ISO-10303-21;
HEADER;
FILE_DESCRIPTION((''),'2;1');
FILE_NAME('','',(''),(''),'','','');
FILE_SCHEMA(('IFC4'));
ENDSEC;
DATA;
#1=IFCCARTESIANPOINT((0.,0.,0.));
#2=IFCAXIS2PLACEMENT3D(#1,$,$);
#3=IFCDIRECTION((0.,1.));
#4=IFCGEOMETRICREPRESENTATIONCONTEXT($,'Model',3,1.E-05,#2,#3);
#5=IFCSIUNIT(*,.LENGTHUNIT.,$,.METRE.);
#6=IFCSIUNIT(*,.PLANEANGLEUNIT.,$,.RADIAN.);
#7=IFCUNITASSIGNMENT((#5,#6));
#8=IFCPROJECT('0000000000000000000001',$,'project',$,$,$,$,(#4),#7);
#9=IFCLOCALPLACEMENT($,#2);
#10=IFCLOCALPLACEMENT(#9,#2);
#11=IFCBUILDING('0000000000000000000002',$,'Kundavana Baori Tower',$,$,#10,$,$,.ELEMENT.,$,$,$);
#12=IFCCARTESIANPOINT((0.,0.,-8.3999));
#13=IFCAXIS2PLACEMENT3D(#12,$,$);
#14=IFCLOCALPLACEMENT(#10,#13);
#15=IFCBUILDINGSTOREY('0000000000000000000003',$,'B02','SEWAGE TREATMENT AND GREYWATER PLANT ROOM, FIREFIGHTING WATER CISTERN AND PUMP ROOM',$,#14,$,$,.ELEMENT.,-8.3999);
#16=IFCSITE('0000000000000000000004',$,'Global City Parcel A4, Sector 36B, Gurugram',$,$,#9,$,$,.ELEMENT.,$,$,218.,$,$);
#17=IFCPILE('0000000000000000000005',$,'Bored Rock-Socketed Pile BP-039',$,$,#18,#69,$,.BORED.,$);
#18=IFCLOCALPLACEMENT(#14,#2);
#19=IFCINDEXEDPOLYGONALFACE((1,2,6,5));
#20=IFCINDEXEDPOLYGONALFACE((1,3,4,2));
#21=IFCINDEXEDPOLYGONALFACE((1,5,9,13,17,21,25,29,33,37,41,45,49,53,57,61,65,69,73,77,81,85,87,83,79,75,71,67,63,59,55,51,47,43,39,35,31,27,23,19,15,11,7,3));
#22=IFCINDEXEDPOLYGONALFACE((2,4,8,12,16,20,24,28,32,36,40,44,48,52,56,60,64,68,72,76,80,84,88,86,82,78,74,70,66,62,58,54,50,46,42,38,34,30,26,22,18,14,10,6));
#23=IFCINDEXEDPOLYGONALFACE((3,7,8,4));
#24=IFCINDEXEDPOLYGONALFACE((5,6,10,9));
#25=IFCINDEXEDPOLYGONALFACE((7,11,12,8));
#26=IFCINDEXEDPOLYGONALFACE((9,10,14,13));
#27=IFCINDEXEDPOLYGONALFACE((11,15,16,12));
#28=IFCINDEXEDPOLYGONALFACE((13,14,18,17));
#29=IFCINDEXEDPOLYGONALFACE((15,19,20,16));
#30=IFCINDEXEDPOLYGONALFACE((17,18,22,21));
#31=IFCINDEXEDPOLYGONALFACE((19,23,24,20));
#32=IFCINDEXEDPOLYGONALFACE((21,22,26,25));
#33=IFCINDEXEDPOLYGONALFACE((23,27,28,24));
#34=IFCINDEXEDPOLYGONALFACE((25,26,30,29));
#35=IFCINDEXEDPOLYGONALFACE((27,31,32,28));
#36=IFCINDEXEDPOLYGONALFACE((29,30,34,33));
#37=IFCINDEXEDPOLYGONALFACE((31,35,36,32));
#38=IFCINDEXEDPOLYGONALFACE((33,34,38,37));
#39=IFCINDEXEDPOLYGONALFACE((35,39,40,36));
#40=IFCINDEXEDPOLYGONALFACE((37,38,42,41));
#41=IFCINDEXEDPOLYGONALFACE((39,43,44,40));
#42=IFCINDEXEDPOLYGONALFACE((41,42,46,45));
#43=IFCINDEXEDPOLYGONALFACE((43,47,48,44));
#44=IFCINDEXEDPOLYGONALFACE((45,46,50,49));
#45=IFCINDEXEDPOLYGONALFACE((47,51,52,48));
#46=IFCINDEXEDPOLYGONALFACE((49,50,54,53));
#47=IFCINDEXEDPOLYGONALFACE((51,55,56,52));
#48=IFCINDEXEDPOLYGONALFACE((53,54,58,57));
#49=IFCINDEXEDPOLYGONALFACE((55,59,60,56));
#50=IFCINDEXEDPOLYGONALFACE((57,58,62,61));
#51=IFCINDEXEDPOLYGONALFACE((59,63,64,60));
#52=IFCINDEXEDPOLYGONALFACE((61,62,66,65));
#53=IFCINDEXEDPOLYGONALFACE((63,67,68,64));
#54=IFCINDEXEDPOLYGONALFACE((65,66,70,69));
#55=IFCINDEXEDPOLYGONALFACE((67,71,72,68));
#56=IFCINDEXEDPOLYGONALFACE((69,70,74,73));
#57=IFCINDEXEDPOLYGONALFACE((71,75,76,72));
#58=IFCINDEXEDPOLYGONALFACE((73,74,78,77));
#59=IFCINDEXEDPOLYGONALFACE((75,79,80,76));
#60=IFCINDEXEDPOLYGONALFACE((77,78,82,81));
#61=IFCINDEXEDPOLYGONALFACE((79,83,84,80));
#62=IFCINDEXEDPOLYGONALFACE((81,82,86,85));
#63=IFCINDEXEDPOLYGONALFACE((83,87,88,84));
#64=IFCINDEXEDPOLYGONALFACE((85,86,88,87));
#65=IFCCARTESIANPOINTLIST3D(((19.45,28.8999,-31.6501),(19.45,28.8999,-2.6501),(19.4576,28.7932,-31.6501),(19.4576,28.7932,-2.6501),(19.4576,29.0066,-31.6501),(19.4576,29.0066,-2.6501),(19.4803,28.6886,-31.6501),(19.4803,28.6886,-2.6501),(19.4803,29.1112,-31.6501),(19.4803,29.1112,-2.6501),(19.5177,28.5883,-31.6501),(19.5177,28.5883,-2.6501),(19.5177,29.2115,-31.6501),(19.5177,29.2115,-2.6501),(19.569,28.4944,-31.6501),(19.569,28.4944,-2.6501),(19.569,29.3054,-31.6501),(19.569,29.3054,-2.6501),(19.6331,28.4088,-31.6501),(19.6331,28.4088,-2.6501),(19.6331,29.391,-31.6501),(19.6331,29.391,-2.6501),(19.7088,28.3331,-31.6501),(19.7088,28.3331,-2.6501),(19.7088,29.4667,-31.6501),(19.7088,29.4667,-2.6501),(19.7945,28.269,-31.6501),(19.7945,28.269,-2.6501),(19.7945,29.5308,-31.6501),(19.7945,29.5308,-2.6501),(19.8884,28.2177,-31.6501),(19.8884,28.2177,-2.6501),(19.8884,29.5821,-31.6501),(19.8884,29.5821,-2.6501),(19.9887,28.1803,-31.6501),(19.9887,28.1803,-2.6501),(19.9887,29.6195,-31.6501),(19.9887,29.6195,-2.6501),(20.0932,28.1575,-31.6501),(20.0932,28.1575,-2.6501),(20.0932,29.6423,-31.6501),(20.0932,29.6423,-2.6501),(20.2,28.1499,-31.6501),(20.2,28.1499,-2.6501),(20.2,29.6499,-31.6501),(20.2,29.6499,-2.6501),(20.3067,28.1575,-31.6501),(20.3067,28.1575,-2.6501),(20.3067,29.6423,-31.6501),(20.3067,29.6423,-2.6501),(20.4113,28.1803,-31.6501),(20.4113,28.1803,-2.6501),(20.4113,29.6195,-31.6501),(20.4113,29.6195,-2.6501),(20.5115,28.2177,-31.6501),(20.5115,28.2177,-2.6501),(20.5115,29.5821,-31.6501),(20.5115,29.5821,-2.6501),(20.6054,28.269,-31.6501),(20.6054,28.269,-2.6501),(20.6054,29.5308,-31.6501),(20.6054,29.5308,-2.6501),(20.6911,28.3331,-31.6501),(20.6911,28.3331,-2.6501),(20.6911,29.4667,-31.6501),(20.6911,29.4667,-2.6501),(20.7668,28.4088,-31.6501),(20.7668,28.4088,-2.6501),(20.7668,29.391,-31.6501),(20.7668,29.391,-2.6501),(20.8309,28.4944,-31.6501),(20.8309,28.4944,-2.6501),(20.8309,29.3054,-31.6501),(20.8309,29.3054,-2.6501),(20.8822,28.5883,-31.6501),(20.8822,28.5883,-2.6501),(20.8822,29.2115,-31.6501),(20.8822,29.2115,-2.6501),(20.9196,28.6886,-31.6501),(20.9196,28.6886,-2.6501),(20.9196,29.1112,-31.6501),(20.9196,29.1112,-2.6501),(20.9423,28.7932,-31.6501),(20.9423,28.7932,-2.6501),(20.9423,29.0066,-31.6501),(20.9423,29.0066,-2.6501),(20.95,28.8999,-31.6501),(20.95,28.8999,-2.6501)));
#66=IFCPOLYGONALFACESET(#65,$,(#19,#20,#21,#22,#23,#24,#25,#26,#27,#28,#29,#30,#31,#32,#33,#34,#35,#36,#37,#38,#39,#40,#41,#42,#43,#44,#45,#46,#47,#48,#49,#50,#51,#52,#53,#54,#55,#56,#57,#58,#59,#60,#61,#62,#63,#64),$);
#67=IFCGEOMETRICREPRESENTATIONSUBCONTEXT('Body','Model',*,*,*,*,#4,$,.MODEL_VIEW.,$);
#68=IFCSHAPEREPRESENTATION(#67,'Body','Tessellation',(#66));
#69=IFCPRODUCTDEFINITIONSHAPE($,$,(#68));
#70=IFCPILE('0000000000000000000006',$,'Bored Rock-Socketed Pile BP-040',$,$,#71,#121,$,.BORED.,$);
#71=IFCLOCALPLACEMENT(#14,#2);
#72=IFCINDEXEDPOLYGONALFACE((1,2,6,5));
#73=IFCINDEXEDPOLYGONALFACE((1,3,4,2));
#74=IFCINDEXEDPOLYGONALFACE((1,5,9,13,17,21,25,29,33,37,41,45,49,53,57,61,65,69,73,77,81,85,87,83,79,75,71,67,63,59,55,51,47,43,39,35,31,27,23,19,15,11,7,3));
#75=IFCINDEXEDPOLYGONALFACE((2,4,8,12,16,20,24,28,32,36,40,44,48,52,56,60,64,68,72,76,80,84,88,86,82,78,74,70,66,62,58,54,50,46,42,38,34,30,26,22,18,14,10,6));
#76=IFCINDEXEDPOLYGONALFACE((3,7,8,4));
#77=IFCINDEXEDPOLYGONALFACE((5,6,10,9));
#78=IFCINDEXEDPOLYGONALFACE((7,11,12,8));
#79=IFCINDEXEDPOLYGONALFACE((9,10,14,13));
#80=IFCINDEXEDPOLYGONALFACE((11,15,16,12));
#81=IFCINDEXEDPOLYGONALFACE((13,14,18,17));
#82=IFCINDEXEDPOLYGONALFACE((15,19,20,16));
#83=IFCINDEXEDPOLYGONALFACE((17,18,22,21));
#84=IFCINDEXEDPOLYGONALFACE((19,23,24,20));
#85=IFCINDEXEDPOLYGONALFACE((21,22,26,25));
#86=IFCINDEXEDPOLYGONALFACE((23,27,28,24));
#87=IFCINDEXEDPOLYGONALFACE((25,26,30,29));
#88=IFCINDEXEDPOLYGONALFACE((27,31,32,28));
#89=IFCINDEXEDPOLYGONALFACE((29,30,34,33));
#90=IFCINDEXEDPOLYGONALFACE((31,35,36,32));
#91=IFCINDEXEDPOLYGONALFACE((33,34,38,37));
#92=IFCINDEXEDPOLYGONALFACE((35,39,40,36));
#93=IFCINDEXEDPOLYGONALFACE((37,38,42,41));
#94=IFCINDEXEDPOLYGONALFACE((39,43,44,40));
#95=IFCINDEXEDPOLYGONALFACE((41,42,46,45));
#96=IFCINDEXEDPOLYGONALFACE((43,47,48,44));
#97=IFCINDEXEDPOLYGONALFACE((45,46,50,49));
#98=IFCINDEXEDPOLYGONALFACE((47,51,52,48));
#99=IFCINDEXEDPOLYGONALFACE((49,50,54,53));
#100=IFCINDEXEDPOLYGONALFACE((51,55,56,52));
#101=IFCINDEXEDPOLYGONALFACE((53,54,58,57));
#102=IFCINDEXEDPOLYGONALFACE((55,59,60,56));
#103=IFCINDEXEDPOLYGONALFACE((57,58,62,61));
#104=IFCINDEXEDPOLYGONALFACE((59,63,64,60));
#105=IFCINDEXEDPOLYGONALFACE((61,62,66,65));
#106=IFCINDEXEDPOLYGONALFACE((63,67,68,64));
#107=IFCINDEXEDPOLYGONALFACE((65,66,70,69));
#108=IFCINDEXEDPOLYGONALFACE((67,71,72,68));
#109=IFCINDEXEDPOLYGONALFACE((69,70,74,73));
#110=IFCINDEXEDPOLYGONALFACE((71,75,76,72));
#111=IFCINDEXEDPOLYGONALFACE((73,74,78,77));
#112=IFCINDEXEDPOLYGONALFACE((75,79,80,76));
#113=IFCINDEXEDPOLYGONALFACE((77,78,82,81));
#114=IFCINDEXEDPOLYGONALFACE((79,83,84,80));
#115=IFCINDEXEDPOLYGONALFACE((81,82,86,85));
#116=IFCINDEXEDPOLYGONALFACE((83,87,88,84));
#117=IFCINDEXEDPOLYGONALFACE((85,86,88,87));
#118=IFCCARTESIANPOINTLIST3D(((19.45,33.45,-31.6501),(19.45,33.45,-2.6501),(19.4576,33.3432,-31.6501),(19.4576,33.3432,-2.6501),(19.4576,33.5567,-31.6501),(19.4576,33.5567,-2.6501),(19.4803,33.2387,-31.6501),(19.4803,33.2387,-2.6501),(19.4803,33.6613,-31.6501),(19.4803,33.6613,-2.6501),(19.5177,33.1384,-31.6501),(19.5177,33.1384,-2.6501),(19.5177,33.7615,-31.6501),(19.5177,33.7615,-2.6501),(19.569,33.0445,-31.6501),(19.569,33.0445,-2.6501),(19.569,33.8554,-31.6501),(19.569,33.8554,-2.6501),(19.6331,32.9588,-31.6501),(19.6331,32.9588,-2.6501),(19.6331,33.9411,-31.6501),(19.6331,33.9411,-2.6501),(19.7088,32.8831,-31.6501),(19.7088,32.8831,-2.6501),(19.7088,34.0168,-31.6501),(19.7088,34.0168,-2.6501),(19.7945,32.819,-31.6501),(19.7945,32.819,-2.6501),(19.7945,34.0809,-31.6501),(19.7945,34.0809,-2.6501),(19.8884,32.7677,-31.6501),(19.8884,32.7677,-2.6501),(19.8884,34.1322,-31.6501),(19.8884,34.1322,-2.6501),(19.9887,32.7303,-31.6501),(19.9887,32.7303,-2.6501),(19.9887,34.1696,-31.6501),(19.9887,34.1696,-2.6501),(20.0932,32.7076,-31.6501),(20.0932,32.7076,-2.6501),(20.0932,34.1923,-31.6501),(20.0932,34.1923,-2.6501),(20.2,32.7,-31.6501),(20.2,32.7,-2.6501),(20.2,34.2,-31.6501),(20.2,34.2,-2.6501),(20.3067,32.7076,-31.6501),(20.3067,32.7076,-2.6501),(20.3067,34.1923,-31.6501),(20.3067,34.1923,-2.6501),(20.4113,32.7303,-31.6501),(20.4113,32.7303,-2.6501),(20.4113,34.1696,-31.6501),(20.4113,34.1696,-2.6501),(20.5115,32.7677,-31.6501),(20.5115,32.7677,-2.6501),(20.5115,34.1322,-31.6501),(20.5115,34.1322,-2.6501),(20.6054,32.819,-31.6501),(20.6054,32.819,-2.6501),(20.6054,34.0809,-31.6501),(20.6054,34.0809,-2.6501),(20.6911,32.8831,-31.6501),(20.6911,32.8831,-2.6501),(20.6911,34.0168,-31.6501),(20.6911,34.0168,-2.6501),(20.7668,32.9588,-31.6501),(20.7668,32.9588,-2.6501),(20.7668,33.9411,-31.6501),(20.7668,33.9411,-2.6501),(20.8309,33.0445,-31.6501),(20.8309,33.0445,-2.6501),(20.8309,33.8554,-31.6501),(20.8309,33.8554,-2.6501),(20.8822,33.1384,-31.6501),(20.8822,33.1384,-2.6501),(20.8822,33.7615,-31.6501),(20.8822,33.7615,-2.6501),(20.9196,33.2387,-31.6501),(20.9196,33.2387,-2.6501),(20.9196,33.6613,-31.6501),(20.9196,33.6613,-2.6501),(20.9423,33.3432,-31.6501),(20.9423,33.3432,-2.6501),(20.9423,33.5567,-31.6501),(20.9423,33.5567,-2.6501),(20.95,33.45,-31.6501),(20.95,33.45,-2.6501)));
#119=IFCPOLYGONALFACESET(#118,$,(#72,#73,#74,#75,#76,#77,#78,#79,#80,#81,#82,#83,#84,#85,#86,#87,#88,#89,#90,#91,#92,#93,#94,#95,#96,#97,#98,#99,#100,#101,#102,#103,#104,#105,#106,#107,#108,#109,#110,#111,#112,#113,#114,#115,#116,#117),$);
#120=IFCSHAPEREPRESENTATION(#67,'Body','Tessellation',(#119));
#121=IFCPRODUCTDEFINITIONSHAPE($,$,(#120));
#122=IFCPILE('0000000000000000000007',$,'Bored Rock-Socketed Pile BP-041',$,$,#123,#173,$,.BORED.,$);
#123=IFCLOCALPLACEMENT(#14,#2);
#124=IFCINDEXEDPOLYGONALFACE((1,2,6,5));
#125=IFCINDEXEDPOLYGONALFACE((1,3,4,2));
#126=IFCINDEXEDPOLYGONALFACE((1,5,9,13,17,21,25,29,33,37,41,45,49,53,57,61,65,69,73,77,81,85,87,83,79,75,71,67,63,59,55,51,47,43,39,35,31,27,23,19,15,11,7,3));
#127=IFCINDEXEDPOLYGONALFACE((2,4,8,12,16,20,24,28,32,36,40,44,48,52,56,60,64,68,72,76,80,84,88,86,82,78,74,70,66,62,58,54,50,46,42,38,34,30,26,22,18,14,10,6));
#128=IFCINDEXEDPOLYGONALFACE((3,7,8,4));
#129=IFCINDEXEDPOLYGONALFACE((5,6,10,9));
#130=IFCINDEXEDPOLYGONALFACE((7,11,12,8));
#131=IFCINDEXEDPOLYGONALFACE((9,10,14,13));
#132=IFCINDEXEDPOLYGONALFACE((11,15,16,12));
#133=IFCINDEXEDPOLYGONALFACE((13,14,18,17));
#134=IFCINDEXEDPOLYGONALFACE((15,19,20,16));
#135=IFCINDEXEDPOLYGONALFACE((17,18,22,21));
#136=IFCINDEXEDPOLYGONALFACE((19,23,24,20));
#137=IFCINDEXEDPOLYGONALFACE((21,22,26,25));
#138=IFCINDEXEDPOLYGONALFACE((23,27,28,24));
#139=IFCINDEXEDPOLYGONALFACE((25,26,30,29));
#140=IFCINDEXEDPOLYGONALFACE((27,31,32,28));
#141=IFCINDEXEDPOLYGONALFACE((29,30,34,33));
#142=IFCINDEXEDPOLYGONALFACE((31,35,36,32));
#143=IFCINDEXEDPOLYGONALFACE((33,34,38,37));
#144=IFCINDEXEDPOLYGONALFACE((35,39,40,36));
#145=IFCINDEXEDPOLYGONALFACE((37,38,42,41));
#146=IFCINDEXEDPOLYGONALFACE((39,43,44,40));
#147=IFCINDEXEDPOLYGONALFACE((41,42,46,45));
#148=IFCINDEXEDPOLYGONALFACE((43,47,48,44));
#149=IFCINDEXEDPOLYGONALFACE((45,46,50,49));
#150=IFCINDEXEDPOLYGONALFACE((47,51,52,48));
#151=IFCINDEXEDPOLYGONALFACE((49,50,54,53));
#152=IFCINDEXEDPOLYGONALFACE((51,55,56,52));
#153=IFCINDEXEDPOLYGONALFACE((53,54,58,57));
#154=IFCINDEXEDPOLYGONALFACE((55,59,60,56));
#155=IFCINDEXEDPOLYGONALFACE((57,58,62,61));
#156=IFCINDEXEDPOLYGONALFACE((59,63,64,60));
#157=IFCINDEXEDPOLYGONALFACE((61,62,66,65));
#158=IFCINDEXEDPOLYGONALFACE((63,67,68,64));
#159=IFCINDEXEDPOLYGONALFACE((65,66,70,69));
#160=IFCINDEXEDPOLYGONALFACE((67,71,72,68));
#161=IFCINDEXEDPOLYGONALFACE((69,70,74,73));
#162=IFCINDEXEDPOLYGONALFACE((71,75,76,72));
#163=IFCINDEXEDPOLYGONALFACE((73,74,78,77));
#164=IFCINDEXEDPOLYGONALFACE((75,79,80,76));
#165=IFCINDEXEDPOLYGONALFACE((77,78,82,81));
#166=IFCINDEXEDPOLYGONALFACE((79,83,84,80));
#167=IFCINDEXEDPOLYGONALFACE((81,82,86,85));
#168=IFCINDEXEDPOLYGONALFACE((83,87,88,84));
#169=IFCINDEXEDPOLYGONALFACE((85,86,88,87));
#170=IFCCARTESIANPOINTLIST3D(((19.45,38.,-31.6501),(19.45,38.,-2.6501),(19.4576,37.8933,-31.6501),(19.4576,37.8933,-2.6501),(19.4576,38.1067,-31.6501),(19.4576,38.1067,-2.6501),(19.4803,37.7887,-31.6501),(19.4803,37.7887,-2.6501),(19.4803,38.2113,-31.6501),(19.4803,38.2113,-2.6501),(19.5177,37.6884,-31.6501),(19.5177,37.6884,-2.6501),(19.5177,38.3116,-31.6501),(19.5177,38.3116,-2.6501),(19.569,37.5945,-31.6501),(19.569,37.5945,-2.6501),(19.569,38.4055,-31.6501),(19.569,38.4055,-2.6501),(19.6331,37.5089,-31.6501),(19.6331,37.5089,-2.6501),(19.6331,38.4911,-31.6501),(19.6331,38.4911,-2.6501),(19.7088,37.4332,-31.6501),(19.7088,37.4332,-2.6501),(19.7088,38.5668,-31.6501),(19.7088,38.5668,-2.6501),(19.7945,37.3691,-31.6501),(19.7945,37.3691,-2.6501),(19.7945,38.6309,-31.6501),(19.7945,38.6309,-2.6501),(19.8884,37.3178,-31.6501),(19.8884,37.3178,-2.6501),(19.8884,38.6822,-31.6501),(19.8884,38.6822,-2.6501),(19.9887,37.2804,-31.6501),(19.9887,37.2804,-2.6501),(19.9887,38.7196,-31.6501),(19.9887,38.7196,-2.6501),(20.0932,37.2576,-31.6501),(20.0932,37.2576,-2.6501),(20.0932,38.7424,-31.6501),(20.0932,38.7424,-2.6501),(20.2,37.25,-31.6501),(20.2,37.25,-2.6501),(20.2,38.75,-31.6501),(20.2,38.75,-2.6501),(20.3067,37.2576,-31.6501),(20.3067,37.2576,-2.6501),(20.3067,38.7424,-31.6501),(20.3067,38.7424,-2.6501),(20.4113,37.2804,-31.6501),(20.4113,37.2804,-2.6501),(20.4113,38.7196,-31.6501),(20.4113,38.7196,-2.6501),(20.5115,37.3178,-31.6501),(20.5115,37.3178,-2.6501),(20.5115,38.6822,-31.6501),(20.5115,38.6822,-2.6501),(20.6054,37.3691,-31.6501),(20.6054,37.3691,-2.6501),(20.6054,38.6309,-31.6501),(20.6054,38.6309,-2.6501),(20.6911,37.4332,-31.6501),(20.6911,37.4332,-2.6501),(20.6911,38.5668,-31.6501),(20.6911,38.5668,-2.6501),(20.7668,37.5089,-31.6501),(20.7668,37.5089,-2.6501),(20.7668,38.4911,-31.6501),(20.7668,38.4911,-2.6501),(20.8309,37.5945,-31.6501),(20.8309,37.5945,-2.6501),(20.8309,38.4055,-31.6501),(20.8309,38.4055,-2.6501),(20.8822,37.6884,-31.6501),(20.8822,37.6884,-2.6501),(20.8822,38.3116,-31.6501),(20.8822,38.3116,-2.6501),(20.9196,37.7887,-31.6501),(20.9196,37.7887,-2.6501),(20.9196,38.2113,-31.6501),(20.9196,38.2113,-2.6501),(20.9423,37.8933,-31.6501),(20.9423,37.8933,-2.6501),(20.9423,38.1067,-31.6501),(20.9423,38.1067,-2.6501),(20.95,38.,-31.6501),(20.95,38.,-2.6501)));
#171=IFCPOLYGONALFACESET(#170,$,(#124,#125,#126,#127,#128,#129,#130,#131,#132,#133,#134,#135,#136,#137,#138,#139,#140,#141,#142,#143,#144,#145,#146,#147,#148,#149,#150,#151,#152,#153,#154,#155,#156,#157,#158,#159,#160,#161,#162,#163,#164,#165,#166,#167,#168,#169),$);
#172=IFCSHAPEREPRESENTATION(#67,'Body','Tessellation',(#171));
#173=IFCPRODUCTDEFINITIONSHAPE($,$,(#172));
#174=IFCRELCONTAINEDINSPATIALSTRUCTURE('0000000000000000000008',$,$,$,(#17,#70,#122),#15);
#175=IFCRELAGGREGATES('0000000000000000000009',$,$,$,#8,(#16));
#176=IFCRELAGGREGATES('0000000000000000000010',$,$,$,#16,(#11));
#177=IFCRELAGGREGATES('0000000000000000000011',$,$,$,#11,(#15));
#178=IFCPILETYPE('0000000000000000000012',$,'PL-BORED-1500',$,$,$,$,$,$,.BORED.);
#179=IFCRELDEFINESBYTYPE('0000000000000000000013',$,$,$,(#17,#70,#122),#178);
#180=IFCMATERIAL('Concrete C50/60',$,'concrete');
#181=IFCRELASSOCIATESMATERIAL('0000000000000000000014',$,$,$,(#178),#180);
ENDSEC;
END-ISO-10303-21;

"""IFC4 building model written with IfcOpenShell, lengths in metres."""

from ifc_helpers import new_model, si_unit, direction, frame, origin, origin_2d, place, context, subcontext, project, spatial, circle, extrude, material, material_profile, profile_set, type_object, element, save


model = new_model("IFC4")

# Units and contexts
model_context = context("Model", 3, precision=1e-05, world=origin(), true_north=direction((0.0, 1.0)))
body_context = subcontext(model_context, "Body", "Model", "MODEL_VIEW")
ifc_project = project(units=[si_unit("LENGTHUNIT", "METRE"), si_unit("PLANEANGLEUNIT", "RADIAN")], contexts=[model_context])

# Site, building, storey
site_placement = place(None, origin())
site = spatial("IfcSite", under=ifc_project, at=site_placement, Name="Global City Parcel A4, Sector 36B, Gurugram", CompositionType="ELEMENT", RefElevation=218.0)
building_placement = place(site_placement, origin())
building = spatial("IfcBuilding", under=site, at=building_placement, Name="Kundavana Baori Tower", CompositionType="ELEMENT")
storey_placement = place(building_placement, frame((0.0, 0.0, -8.3999)))
storey = spatial("IfcBuildingStorey", under=building, at=storey_placement, Name="B02", Description="SEWAGE TREATMENT AND GREYWATER PLANT ROOM, FIREFIGHTING WATER CISTERN AND PUMP ROOM", CompositionType="ELEMENT", Elevation=-8.3999)

# Piles
ifc_material_1 = material(Name="Concrete C50/60", Category="concrete")
ifc_material_profile_1 = material_profile(ifc_material_1, circle(Radius=0.75, at=origin_2d()), Name="BORED PILE D1500")
ifc_profile_set_1 = profile_set([ifc_material_profile_1], Name="Concrete C50/60")
pile_type = type_object("IfcPileType", Name="PL-BORED-1500", PredefinedType="BORED", material=ifc_profile_set_1)
for number, where, z_axis, x_axis, name in (
    (1, (20.2, 28.8999, -2.6501), (0.0, 0.0, -1.0), (1.0, 0.0, 0.0), "Bored Rock-Socketed Pile BP-039"),
    (2, (20.2, 33.45, -2.6501), (0.0, 0.0, -1.0), (1.0, 0.0, 0.0), "Bored Rock-Socketed Pile BP-040"),
    (3, (20.2, 38.0, -2.6501), (0.0, 0.0, -1.0), (1.0, 0.0, 0.0), "Bored Rock-Socketed Pile BP-041"),
):
    element("IfcPile", number, at=place(storey_placement, frame(where, z_axis=z_axis, x_axis=x_axis)), inside=storey, type_object=pile_type, Name=name, PredefinedType="BORED", context=body_context, shape_type="SweptSolid", body=[
        extrude(circle(Radius=0.75, at=origin_2d()), origin(), (0.0, 0.0, 1.0), 29.0),
    ])

save(model, "model.ifc")
